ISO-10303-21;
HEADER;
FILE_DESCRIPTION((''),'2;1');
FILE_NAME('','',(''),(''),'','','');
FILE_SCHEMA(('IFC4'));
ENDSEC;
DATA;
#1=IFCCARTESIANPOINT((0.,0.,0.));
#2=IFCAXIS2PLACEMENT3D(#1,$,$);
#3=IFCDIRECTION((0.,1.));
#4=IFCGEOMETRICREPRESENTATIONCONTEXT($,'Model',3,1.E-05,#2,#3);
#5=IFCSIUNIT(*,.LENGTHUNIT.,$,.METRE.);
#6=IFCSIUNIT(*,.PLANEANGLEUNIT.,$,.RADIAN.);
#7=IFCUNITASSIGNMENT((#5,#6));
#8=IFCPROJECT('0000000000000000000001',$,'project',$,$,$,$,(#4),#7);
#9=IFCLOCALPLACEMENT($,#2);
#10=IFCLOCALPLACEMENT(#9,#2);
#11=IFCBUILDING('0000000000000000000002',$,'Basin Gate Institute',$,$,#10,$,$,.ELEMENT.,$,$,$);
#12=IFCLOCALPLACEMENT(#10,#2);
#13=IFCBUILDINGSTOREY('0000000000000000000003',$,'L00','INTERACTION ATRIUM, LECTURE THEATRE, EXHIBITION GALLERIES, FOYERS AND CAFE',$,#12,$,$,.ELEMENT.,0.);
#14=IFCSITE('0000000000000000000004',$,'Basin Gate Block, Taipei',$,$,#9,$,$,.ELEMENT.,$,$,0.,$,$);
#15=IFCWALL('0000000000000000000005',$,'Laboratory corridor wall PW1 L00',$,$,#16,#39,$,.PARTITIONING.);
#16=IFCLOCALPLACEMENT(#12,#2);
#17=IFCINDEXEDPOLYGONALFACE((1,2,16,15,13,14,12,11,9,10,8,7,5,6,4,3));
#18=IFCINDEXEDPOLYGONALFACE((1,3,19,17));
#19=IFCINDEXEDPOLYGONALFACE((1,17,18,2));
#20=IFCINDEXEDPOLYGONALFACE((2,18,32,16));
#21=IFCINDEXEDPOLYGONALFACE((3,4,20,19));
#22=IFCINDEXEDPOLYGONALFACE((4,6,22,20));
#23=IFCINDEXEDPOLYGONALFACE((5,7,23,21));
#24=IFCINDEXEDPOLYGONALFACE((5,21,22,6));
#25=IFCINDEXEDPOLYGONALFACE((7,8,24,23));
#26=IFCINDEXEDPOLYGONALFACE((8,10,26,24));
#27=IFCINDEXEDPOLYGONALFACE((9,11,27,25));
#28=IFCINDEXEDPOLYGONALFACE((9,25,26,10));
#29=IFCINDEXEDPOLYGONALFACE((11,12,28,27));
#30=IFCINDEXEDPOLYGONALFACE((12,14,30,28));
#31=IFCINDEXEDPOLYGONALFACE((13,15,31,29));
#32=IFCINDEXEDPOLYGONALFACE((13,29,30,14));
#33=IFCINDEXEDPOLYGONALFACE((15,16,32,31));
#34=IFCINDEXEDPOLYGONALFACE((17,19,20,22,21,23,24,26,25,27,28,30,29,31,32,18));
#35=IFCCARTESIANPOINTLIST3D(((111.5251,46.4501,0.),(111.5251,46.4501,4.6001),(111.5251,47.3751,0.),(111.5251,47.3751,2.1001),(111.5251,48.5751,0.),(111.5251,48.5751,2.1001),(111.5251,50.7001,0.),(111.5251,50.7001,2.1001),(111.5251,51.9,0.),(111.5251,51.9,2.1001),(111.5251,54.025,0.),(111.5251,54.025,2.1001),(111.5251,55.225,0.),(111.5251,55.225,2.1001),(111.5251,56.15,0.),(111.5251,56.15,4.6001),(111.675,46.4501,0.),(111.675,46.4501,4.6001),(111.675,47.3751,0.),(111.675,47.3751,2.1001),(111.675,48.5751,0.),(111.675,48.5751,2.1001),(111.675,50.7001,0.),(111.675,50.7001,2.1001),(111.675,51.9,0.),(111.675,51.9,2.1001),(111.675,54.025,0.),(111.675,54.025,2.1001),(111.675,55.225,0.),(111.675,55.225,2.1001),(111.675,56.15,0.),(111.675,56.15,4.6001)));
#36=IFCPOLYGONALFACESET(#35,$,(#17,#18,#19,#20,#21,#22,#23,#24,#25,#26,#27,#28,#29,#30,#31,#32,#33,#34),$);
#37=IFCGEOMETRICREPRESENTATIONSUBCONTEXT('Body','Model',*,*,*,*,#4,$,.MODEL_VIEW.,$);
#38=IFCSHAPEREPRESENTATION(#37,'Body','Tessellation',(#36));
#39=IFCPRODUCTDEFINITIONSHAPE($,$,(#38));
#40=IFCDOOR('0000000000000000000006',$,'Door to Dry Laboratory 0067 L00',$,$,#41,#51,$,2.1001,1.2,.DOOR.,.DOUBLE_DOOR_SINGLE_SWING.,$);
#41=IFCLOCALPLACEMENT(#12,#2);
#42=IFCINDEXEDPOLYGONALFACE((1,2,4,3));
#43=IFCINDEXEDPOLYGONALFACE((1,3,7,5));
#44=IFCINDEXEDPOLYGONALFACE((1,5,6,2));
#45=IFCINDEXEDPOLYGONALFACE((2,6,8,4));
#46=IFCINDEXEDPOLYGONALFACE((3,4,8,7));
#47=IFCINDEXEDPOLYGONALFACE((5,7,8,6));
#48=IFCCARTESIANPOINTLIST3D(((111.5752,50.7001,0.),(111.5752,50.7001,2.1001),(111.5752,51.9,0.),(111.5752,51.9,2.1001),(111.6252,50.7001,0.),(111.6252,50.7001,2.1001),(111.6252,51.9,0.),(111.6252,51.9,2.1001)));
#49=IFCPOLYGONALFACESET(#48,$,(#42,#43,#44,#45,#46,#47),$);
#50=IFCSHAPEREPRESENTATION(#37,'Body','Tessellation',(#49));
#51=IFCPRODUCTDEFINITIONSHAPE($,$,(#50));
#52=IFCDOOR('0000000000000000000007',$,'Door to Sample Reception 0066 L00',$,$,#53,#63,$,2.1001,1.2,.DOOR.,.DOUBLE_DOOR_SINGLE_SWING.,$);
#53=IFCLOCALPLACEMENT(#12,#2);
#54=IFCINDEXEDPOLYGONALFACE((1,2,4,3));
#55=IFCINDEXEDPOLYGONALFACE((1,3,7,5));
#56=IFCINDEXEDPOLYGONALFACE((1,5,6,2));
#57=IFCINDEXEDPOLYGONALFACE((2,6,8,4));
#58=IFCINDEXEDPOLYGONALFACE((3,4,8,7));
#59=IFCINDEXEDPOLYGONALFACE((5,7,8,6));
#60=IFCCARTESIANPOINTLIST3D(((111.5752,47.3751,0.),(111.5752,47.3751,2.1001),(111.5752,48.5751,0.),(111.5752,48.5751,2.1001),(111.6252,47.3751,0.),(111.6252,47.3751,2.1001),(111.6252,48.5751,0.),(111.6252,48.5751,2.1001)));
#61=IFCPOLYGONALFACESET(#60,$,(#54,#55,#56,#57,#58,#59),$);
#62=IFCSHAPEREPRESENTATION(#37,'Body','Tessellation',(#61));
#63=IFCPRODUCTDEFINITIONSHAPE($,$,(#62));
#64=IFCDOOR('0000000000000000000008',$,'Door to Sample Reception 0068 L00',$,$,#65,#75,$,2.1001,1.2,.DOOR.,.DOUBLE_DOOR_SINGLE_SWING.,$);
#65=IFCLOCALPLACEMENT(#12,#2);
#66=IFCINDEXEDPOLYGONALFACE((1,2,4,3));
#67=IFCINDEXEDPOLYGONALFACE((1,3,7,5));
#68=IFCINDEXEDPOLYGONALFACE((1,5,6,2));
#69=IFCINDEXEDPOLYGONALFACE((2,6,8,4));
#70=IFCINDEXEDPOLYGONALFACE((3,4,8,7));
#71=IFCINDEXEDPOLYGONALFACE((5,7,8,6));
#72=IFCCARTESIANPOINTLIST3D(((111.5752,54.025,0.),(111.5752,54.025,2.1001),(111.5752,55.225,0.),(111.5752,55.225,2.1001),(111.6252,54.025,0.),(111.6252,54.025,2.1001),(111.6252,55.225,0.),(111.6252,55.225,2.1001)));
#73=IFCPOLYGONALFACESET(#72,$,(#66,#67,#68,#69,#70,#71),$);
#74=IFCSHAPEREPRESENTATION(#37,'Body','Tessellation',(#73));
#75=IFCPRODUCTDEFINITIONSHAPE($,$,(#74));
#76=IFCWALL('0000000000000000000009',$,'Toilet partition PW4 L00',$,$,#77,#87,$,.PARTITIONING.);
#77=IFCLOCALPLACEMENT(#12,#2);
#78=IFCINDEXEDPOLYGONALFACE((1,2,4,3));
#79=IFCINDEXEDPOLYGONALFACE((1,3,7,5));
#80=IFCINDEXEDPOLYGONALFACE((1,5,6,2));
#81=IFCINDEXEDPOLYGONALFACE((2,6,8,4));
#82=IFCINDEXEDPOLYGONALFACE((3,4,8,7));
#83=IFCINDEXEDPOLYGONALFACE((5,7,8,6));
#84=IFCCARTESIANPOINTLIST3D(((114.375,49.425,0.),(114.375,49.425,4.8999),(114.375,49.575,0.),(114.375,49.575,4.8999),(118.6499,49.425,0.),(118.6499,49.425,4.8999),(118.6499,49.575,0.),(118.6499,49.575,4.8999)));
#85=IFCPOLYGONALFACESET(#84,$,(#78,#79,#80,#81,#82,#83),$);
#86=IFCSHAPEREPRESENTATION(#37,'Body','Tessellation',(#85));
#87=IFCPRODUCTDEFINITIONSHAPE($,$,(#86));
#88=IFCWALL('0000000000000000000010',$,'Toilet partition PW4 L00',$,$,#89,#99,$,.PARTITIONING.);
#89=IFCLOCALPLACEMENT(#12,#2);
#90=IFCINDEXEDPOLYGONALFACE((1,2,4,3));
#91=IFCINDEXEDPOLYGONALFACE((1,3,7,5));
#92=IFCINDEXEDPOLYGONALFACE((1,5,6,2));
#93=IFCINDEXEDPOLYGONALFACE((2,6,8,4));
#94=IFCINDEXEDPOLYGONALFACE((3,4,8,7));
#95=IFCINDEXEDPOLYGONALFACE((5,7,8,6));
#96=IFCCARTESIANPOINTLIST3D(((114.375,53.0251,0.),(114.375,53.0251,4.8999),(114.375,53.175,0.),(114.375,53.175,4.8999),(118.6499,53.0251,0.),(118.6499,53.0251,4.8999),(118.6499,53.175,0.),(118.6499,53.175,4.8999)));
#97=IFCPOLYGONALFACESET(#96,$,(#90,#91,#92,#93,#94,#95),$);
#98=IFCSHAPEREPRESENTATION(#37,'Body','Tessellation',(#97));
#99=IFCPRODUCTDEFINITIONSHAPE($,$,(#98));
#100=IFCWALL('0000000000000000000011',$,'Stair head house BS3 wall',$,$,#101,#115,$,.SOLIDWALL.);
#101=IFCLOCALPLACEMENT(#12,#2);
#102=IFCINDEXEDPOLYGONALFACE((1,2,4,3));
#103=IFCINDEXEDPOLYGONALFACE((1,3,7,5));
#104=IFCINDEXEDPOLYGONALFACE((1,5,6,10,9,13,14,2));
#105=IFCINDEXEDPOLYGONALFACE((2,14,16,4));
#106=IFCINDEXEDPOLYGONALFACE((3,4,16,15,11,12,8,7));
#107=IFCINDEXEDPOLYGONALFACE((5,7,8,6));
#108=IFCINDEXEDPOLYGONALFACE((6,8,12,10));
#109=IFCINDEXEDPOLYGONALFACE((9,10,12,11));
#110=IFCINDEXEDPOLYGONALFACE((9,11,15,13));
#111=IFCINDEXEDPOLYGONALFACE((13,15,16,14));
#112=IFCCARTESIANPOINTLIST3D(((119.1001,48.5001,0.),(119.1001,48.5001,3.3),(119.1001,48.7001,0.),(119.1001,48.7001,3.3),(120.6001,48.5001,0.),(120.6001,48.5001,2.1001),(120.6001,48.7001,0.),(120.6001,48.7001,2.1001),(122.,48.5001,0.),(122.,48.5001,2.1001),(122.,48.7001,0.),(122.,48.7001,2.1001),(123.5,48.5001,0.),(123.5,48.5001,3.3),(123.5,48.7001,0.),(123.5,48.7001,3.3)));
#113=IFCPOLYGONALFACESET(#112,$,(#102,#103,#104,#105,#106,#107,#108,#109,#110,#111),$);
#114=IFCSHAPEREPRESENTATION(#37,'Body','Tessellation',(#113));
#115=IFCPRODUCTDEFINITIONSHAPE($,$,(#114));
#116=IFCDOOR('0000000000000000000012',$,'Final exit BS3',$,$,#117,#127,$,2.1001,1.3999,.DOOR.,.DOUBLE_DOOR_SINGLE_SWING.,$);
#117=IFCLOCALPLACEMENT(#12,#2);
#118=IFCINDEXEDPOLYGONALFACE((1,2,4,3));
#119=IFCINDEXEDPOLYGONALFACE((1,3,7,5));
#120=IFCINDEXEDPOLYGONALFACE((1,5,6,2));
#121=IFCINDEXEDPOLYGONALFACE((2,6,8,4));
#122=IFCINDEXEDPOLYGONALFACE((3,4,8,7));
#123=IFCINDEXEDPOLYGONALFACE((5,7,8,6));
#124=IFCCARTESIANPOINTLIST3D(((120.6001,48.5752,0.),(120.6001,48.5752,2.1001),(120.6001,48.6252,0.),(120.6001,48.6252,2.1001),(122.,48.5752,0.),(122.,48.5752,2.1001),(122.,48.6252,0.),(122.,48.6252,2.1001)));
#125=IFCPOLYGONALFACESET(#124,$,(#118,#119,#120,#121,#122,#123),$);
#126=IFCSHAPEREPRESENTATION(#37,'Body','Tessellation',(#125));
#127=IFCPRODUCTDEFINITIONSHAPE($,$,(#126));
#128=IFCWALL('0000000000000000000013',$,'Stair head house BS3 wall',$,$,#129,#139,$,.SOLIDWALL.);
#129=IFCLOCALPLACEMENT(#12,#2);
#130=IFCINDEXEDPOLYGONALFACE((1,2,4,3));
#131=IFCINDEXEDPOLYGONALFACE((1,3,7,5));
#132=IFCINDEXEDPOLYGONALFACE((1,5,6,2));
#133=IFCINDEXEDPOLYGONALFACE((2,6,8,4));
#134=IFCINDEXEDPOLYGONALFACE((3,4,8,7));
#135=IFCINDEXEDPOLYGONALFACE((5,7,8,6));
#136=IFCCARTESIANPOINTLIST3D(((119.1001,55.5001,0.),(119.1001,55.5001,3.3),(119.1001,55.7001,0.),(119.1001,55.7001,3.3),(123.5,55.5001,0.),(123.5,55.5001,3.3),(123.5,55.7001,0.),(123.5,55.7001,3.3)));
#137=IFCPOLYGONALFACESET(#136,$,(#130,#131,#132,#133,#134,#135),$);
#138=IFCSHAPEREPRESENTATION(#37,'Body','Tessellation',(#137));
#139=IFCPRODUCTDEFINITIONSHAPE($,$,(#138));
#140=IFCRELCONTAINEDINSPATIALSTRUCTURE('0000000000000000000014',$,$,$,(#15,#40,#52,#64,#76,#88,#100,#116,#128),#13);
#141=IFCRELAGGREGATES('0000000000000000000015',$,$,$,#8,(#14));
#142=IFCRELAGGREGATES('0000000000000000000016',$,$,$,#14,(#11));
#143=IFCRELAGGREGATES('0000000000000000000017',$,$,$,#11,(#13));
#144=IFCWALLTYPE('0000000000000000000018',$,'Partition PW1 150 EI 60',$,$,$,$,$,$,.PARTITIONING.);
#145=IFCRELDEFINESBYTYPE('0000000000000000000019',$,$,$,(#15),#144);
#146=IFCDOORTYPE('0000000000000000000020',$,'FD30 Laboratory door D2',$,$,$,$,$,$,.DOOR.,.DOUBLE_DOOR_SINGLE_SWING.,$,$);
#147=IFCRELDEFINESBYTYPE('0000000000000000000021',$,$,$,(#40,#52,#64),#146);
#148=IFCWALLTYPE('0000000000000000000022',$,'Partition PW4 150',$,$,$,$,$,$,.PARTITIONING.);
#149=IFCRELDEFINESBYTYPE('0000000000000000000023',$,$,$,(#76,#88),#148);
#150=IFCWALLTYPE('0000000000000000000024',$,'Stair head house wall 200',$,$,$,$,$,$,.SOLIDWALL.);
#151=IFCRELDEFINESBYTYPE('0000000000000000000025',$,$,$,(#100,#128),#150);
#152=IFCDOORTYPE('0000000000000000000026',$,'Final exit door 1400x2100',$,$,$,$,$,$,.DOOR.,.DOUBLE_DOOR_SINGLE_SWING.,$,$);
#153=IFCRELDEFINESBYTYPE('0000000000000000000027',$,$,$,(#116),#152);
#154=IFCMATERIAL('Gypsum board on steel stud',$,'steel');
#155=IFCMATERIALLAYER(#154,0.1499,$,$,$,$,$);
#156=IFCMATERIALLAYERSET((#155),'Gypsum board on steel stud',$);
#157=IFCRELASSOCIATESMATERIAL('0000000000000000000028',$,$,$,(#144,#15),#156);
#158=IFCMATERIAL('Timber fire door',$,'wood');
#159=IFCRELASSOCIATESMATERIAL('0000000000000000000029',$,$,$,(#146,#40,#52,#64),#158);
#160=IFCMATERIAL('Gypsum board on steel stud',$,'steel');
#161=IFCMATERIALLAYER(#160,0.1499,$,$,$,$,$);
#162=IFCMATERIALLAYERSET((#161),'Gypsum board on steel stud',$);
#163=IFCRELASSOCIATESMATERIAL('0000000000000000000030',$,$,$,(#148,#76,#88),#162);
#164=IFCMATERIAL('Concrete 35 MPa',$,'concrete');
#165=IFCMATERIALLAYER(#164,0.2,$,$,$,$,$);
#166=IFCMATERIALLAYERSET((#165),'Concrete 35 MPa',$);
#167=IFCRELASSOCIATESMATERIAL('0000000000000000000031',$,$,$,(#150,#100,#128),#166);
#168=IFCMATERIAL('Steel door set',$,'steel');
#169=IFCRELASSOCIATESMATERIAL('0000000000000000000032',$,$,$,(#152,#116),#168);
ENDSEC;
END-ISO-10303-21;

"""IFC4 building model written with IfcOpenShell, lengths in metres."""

from ifc_helpers import new_model, si_unit, direction, frame, frame_2d, origin, place, context, subcontext, project, spatial, rectangle, extrude, material, layer, layer_set, type_object, element, fill, save


model = new_model("IFC4")

# Units and contexts
model_context = context("Model", 3, precision=1e-05, world=origin(), true_north=direction((0.0, 1.0)))
body_context = subcontext(model_context, "Body", "Model", "MODEL_VIEW")
ifc_project = project(units=[si_unit("LENGTHUNIT", "METRE"), si_unit("PLANEANGLEUNIT", "RADIAN")], contexts=[model_context])

# Site, building, storey
site_placement = place(None, origin())
site = spatial("IfcSite", under=ifc_project, at=site_placement, Name="Basin Gate Block, Taipei", CompositionType="ELEMENT", RefElevation=0.0)
building_placement = place(site_placement, origin())
building = spatial("IfcBuilding", under=site, at=building_placement, Name="Basin Gate Institute", CompositionType="ELEMENT")
storey_placement = place(building_placement, origin())
storey = spatial("IfcBuildingStorey", under=building, at=storey_placement, Name="L00", Description="INTERACTION ATRIUM, LECTURE THEATRE, EXHIBITION GALLERIES, FOYERS AND CAFE", CompositionType="ELEMENT", Elevation=0.0)

# Wall, openings, doors
ifc_material_1 = material(Name="Gypsum board on steel stud", Category="steel")
ifc_layer_1 = layer(ifc_material_1, 0.1499)
ifc_layer_set_1 = layer_set([ifc_layer_1], Name="Gypsum board on steel stud")
wall_type_1 = type_object("IfcWallType", Name="Partition PW1 150 EI 60", PredefinedType="PARTITIONING", material=ifc_layer_set_1)
wall_1_placement = place(storey_placement, frame((111.6001, 46.45, 0.0), z_axis=(0.0, 0.0, 1.0), x_axis=(0.0, 1.0, 0.0)))
wall_1 = element("IfcWall", 1, at=wall_1_placement, inside=storey, type_object=wall_type_1, material=ifc_layer_set_1, Name="Laboratory corridor wall PW1 L00", PredefinedType="PARTITIONING", context=body_context, shape_type="SweptSolid", body=[
    extrude(rectangle(XDim=9.7, YDim=0.1499, at=frame_2d((4.8501, 0.0))), origin(), (0.0, 0.0, 1.0), 4.6001),
])
opening_1_placement = place(wall_1_placement, frame((4.25, 0.0, 0.0)))
opening_1 = element("IfcOpeningElement", 2, at=opening_1_placement, cuts=wall_1, PredefinedType="OPENING", context=body_context, shape_type="SweptSolid", body=[
    extrude(rectangle(XDim=1.2, YDim=2.1001, at=frame_2d((0.6001, 1.05))), frame((0.0, 0.085, 0.0), z_axis=(0.0, -1.0, 0.0), x_axis=(1.0, 0.0, 0.0)), (0.0, 0.0, 1.0), 0.1699),
])
opening_2_placement = place(wall_1_placement, frame((0.925, 0.0, 0.0)))
opening_2 = element("IfcOpeningElement", 3, at=opening_2_placement, cuts=wall_1, PredefinedType="OPENING", context=body_context, shape_type="SweptSolid", body=[
    extrude(rectangle(XDim=1.2, YDim=2.1001, at=frame_2d((0.6001, 1.05))), frame((0.0, 0.085, 0.0), z_axis=(0.0, -1.0, 0.0), x_axis=(1.0, 0.0, 0.0)), (0.0, 0.0, 1.0), 0.1699),
])
opening_3_placement = place(wall_1_placement, frame((7.575, 0.0, 0.0)))
opening_3 = element("IfcOpeningElement", 4, at=opening_3_placement, cuts=wall_1, PredefinedType="OPENING", context=body_context, shape_type="SweptSolid", body=[
    extrude(rectangle(XDim=1.2, YDim=2.1001, at=frame_2d((0.6001, 1.05))), frame((0.0, 0.085, 0.0), z_axis=(0.0, -1.0, 0.0), x_axis=(1.0, 0.0, 0.0)), (0.0, 0.0, 1.0), 0.1699),
])
ifc_material_2 = material(Name="Timber fire door", Category="wood")
door_type_1 = type_object("IfcDoorType", Name="FD30 Laboratory door D2", OperationType="DOUBLE_DOOR_SINGLE_SWING", PredefinedType="DOOR", material=ifc_material_2)
door_1_placement = place(opening_1_placement, origin())
door_1 = element("IfcDoor", 5, at=door_1_placement, inside=storey, type_object=door_type_1, material=ifc_material_2, Name="Door to Dry Laboratory 0067 L00", OperationType="DOUBLE_DOOR_SINGLE_SWING", OverallHeight=2.1001, OverallWidth=1.2, PredefinedType="DOOR", context=body_context, shape_type="SweptSolid", body=[
    extrude(rectangle(XDim=1.2, YDim=2.1001, at=frame_2d((0.6001, 1.05))), frame((0.0, 0.0249, 0.0), z_axis=(0.0, -1.0, 0.0), x_axis=(1.0, 0.0, 0.0)), (0.0, 0.0, 1.0), 0.05),
])
fill(opening_1, door_1)
door_2_placement = place(opening_2_placement, origin())
door_2 = element("IfcDoor", 6, at=door_2_placement, inside=storey, type_object=door_type_1, material=ifc_material_2, Name="Door to Sample Reception 0066 L00", OperationType="DOUBLE_DOOR_SINGLE_SWING", OverallHeight=2.1001, OverallWidth=1.2, PredefinedType="DOOR", context=body_context, shape_type="SweptSolid", body=[
    extrude(rectangle(XDim=1.2, YDim=2.1001, at=frame_2d((0.6001, 1.05))), frame((0.0, 0.0249, 0.0), z_axis=(0.0, -1.0, 0.0), x_axis=(1.0, 0.0, 0.0)), (0.0, 0.0, 1.0), 0.05),
])
fill(opening_2, door_2)
door_3_placement = place(opening_3_placement, origin())
door_3 = element("IfcDoor", 7, at=door_3_placement, inside=storey, type_object=door_type_1, material=ifc_material_2, Name="Door to Sample Reception 0068 L00", OperationType="DOUBLE_DOOR_SINGLE_SWING", OverallHeight=2.1001, OverallWidth=1.2, PredefinedType="DOOR", context=body_context, shape_type="SweptSolid", body=[
    extrude(rectangle(XDim=1.2, YDim=2.1001, at=frame_2d((0.6001, 1.05))), frame((0.0, 0.0249, 0.0), z_axis=(0.0, -1.0, 0.0), x_axis=(1.0, 0.0, 0.0)), (0.0, 0.0, 1.0), 0.05),
])
fill(opening_3, door_3)

# Walls
ifc_material_3 = material(Name="Gypsum board on steel stud", Category="steel")
ifc_layer_2 = layer(ifc_material_3, 0.1499)
ifc_layer_set_2 = layer_set([ifc_layer_2], Name="Gypsum board on steel stud")
wall_type_2 = type_object("IfcWallType", Name="Partition PW4 150", PredefinedType="PARTITIONING", material=ifc_layer_set_2)
for number, where, z_axis, x_axis, name in (
    (8, (118.6499, 49.5, 0.0), (0.0, 0.0, 1.0), (-1.0, 0.0, 0.0), "Toilet partition PW4 L00"),
    (9, (118.6499, 53.1001, 0.0), (0.0, 0.0, 1.0), (-1.0, 0.0, 0.0), "Toilet partition PW4 L00"),
):
    element("IfcWall", number, at=place(storey_placement, frame(where, z_axis=z_axis, x_axis=x_axis)), inside=storey, type_object=wall_type_2, material=ifc_layer_set_2, Name=name, PredefinedType="PARTITIONING", context=body_context, shape_type="SweptSolid", body=[
        extrude(rectangle(XDim=4.2749, YDim=0.1499, at=frame_2d((2.1375, 0.0))), origin(), (0.0, 0.0, 1.0), 4.8999),
    ])

# Wall, opening, door
ifc_material_4 = material(Name="Concrete 35 MPa", Category="concrete")
ifc_layer_3 = layer(ifc_material_4, 0.2)
ifc_layer_set_3 = layer_set([ifc_layer_3], Name="Concrete 35 MPa")
wall_type_3 = type_object("IfcWallType", Name="Stair head house wall 200", PredefinedType="SOLIDWALL", material=ifc_layer_set_3)
wall_2_placement = place(storey_placement, frame((119.1001, 48.6001, 0.0), z_axis=(0.0, 0.0, 1.0), x_axis=(1.0, 0.0, 0.0)))
wall_2 = element("IfcWall", 10, at=wall_2_placement, inside=storey, type_object=wall_type_3, material=ifc_layer_set_3, Name="Stair head house BS3 wall", PredefinedType="SOLIDWALL", context=body_context, shape_type="SweptSolid", body=[
    extrude(rectangle(XDim=4.3999, YDim=0.2, at=frame_2d((2.2, 0.0))), origin(), (0.0, 0.0, 1.0), 3.3),
])
opening_4_placement = place(wall_2_placement, frame((1.5, 0.0, 0.0)))
opening_4 = element("IfcOpeningElement", 11, at=opening_4_placement, cuts=wall_2, PredefinedType="OPENING", context=body_context, shape_type="SweptSolid", body=[
    extrude(rectangle(XDim=1.3999, YDim=2.1001, at=frame_2d((0.7, 1.05))), frame((0.0, 0.1099, 0.0), z_axis=(0.0, -1.0, 0.0), x_axis=(1.0, 0.0, 0.0)), (0.0, 0.0, 1.0), 0.22),
])
ifc_material_5 = material(Name="Steel door set", Category="steel")
door_type_2 = type_object("IfcDoorType", Name="Final exit door 1400x2100", OperationType="DOUBLE_DOOR_SINGLE_SWING", PredefinedType="DOOR", material=ifc_material_5)
door_4_placement = place(opening_4_placement, frame((1.3999, 0.0, 0.0), z_axis=(0.0, 0.0, 1.0), x_axis=(-1.0, 0.0, 0.0)))
door_4 = element("IfcDoor", 12, at=door_4_placement, inside=storey, type_object=door_type_2, material=ifc_material_5, Name="Final exit BS3", OperationType="DOUBLE_DOOR_SINGLE_SWING", OverallHeight=2.1001, OverallWidth=1.3999, PredefinedType="DOOR", context=body_context, shape_type="SweptSolid", body=[
    extrude(rectangle(XDim=1.3999, YDim=2.1001, at=frame_2d((0.7, 1.05))), frame((0.0, 0.0249, 0.0), z_axis=(0.0, -1.0, 0.0), x_axis=(1.0, 0.0, 0.0)), (0.0, 0.0, 1.0), 0.05),
])
fill(opening_4, door_4)

# Wall
wall_3_placement = place(storey_placement, frame((119.1001, 55.6001, 0.0), z_axis=(0.0, 0.0, 1.0), x_axis=(1.0, 0.0, 0.0)))
element("IfcWall", 13, at=wall_3_placement, inside=storey, type_object=wall_type_3, material=ifc_layer_set_3, Name="Stair head house BS3 wall", PredefinedType="SOLIDWALL", context=body_context, shape_type="SweptSolid", body=[
    extrude(rectangle(XDim=4.3999, YDim=0.2, at=frame_2d((2.2, 0.0))), origin(), (0.0, 0.0, 1.0), 3.3),
])

save(model, "model.ifc")
